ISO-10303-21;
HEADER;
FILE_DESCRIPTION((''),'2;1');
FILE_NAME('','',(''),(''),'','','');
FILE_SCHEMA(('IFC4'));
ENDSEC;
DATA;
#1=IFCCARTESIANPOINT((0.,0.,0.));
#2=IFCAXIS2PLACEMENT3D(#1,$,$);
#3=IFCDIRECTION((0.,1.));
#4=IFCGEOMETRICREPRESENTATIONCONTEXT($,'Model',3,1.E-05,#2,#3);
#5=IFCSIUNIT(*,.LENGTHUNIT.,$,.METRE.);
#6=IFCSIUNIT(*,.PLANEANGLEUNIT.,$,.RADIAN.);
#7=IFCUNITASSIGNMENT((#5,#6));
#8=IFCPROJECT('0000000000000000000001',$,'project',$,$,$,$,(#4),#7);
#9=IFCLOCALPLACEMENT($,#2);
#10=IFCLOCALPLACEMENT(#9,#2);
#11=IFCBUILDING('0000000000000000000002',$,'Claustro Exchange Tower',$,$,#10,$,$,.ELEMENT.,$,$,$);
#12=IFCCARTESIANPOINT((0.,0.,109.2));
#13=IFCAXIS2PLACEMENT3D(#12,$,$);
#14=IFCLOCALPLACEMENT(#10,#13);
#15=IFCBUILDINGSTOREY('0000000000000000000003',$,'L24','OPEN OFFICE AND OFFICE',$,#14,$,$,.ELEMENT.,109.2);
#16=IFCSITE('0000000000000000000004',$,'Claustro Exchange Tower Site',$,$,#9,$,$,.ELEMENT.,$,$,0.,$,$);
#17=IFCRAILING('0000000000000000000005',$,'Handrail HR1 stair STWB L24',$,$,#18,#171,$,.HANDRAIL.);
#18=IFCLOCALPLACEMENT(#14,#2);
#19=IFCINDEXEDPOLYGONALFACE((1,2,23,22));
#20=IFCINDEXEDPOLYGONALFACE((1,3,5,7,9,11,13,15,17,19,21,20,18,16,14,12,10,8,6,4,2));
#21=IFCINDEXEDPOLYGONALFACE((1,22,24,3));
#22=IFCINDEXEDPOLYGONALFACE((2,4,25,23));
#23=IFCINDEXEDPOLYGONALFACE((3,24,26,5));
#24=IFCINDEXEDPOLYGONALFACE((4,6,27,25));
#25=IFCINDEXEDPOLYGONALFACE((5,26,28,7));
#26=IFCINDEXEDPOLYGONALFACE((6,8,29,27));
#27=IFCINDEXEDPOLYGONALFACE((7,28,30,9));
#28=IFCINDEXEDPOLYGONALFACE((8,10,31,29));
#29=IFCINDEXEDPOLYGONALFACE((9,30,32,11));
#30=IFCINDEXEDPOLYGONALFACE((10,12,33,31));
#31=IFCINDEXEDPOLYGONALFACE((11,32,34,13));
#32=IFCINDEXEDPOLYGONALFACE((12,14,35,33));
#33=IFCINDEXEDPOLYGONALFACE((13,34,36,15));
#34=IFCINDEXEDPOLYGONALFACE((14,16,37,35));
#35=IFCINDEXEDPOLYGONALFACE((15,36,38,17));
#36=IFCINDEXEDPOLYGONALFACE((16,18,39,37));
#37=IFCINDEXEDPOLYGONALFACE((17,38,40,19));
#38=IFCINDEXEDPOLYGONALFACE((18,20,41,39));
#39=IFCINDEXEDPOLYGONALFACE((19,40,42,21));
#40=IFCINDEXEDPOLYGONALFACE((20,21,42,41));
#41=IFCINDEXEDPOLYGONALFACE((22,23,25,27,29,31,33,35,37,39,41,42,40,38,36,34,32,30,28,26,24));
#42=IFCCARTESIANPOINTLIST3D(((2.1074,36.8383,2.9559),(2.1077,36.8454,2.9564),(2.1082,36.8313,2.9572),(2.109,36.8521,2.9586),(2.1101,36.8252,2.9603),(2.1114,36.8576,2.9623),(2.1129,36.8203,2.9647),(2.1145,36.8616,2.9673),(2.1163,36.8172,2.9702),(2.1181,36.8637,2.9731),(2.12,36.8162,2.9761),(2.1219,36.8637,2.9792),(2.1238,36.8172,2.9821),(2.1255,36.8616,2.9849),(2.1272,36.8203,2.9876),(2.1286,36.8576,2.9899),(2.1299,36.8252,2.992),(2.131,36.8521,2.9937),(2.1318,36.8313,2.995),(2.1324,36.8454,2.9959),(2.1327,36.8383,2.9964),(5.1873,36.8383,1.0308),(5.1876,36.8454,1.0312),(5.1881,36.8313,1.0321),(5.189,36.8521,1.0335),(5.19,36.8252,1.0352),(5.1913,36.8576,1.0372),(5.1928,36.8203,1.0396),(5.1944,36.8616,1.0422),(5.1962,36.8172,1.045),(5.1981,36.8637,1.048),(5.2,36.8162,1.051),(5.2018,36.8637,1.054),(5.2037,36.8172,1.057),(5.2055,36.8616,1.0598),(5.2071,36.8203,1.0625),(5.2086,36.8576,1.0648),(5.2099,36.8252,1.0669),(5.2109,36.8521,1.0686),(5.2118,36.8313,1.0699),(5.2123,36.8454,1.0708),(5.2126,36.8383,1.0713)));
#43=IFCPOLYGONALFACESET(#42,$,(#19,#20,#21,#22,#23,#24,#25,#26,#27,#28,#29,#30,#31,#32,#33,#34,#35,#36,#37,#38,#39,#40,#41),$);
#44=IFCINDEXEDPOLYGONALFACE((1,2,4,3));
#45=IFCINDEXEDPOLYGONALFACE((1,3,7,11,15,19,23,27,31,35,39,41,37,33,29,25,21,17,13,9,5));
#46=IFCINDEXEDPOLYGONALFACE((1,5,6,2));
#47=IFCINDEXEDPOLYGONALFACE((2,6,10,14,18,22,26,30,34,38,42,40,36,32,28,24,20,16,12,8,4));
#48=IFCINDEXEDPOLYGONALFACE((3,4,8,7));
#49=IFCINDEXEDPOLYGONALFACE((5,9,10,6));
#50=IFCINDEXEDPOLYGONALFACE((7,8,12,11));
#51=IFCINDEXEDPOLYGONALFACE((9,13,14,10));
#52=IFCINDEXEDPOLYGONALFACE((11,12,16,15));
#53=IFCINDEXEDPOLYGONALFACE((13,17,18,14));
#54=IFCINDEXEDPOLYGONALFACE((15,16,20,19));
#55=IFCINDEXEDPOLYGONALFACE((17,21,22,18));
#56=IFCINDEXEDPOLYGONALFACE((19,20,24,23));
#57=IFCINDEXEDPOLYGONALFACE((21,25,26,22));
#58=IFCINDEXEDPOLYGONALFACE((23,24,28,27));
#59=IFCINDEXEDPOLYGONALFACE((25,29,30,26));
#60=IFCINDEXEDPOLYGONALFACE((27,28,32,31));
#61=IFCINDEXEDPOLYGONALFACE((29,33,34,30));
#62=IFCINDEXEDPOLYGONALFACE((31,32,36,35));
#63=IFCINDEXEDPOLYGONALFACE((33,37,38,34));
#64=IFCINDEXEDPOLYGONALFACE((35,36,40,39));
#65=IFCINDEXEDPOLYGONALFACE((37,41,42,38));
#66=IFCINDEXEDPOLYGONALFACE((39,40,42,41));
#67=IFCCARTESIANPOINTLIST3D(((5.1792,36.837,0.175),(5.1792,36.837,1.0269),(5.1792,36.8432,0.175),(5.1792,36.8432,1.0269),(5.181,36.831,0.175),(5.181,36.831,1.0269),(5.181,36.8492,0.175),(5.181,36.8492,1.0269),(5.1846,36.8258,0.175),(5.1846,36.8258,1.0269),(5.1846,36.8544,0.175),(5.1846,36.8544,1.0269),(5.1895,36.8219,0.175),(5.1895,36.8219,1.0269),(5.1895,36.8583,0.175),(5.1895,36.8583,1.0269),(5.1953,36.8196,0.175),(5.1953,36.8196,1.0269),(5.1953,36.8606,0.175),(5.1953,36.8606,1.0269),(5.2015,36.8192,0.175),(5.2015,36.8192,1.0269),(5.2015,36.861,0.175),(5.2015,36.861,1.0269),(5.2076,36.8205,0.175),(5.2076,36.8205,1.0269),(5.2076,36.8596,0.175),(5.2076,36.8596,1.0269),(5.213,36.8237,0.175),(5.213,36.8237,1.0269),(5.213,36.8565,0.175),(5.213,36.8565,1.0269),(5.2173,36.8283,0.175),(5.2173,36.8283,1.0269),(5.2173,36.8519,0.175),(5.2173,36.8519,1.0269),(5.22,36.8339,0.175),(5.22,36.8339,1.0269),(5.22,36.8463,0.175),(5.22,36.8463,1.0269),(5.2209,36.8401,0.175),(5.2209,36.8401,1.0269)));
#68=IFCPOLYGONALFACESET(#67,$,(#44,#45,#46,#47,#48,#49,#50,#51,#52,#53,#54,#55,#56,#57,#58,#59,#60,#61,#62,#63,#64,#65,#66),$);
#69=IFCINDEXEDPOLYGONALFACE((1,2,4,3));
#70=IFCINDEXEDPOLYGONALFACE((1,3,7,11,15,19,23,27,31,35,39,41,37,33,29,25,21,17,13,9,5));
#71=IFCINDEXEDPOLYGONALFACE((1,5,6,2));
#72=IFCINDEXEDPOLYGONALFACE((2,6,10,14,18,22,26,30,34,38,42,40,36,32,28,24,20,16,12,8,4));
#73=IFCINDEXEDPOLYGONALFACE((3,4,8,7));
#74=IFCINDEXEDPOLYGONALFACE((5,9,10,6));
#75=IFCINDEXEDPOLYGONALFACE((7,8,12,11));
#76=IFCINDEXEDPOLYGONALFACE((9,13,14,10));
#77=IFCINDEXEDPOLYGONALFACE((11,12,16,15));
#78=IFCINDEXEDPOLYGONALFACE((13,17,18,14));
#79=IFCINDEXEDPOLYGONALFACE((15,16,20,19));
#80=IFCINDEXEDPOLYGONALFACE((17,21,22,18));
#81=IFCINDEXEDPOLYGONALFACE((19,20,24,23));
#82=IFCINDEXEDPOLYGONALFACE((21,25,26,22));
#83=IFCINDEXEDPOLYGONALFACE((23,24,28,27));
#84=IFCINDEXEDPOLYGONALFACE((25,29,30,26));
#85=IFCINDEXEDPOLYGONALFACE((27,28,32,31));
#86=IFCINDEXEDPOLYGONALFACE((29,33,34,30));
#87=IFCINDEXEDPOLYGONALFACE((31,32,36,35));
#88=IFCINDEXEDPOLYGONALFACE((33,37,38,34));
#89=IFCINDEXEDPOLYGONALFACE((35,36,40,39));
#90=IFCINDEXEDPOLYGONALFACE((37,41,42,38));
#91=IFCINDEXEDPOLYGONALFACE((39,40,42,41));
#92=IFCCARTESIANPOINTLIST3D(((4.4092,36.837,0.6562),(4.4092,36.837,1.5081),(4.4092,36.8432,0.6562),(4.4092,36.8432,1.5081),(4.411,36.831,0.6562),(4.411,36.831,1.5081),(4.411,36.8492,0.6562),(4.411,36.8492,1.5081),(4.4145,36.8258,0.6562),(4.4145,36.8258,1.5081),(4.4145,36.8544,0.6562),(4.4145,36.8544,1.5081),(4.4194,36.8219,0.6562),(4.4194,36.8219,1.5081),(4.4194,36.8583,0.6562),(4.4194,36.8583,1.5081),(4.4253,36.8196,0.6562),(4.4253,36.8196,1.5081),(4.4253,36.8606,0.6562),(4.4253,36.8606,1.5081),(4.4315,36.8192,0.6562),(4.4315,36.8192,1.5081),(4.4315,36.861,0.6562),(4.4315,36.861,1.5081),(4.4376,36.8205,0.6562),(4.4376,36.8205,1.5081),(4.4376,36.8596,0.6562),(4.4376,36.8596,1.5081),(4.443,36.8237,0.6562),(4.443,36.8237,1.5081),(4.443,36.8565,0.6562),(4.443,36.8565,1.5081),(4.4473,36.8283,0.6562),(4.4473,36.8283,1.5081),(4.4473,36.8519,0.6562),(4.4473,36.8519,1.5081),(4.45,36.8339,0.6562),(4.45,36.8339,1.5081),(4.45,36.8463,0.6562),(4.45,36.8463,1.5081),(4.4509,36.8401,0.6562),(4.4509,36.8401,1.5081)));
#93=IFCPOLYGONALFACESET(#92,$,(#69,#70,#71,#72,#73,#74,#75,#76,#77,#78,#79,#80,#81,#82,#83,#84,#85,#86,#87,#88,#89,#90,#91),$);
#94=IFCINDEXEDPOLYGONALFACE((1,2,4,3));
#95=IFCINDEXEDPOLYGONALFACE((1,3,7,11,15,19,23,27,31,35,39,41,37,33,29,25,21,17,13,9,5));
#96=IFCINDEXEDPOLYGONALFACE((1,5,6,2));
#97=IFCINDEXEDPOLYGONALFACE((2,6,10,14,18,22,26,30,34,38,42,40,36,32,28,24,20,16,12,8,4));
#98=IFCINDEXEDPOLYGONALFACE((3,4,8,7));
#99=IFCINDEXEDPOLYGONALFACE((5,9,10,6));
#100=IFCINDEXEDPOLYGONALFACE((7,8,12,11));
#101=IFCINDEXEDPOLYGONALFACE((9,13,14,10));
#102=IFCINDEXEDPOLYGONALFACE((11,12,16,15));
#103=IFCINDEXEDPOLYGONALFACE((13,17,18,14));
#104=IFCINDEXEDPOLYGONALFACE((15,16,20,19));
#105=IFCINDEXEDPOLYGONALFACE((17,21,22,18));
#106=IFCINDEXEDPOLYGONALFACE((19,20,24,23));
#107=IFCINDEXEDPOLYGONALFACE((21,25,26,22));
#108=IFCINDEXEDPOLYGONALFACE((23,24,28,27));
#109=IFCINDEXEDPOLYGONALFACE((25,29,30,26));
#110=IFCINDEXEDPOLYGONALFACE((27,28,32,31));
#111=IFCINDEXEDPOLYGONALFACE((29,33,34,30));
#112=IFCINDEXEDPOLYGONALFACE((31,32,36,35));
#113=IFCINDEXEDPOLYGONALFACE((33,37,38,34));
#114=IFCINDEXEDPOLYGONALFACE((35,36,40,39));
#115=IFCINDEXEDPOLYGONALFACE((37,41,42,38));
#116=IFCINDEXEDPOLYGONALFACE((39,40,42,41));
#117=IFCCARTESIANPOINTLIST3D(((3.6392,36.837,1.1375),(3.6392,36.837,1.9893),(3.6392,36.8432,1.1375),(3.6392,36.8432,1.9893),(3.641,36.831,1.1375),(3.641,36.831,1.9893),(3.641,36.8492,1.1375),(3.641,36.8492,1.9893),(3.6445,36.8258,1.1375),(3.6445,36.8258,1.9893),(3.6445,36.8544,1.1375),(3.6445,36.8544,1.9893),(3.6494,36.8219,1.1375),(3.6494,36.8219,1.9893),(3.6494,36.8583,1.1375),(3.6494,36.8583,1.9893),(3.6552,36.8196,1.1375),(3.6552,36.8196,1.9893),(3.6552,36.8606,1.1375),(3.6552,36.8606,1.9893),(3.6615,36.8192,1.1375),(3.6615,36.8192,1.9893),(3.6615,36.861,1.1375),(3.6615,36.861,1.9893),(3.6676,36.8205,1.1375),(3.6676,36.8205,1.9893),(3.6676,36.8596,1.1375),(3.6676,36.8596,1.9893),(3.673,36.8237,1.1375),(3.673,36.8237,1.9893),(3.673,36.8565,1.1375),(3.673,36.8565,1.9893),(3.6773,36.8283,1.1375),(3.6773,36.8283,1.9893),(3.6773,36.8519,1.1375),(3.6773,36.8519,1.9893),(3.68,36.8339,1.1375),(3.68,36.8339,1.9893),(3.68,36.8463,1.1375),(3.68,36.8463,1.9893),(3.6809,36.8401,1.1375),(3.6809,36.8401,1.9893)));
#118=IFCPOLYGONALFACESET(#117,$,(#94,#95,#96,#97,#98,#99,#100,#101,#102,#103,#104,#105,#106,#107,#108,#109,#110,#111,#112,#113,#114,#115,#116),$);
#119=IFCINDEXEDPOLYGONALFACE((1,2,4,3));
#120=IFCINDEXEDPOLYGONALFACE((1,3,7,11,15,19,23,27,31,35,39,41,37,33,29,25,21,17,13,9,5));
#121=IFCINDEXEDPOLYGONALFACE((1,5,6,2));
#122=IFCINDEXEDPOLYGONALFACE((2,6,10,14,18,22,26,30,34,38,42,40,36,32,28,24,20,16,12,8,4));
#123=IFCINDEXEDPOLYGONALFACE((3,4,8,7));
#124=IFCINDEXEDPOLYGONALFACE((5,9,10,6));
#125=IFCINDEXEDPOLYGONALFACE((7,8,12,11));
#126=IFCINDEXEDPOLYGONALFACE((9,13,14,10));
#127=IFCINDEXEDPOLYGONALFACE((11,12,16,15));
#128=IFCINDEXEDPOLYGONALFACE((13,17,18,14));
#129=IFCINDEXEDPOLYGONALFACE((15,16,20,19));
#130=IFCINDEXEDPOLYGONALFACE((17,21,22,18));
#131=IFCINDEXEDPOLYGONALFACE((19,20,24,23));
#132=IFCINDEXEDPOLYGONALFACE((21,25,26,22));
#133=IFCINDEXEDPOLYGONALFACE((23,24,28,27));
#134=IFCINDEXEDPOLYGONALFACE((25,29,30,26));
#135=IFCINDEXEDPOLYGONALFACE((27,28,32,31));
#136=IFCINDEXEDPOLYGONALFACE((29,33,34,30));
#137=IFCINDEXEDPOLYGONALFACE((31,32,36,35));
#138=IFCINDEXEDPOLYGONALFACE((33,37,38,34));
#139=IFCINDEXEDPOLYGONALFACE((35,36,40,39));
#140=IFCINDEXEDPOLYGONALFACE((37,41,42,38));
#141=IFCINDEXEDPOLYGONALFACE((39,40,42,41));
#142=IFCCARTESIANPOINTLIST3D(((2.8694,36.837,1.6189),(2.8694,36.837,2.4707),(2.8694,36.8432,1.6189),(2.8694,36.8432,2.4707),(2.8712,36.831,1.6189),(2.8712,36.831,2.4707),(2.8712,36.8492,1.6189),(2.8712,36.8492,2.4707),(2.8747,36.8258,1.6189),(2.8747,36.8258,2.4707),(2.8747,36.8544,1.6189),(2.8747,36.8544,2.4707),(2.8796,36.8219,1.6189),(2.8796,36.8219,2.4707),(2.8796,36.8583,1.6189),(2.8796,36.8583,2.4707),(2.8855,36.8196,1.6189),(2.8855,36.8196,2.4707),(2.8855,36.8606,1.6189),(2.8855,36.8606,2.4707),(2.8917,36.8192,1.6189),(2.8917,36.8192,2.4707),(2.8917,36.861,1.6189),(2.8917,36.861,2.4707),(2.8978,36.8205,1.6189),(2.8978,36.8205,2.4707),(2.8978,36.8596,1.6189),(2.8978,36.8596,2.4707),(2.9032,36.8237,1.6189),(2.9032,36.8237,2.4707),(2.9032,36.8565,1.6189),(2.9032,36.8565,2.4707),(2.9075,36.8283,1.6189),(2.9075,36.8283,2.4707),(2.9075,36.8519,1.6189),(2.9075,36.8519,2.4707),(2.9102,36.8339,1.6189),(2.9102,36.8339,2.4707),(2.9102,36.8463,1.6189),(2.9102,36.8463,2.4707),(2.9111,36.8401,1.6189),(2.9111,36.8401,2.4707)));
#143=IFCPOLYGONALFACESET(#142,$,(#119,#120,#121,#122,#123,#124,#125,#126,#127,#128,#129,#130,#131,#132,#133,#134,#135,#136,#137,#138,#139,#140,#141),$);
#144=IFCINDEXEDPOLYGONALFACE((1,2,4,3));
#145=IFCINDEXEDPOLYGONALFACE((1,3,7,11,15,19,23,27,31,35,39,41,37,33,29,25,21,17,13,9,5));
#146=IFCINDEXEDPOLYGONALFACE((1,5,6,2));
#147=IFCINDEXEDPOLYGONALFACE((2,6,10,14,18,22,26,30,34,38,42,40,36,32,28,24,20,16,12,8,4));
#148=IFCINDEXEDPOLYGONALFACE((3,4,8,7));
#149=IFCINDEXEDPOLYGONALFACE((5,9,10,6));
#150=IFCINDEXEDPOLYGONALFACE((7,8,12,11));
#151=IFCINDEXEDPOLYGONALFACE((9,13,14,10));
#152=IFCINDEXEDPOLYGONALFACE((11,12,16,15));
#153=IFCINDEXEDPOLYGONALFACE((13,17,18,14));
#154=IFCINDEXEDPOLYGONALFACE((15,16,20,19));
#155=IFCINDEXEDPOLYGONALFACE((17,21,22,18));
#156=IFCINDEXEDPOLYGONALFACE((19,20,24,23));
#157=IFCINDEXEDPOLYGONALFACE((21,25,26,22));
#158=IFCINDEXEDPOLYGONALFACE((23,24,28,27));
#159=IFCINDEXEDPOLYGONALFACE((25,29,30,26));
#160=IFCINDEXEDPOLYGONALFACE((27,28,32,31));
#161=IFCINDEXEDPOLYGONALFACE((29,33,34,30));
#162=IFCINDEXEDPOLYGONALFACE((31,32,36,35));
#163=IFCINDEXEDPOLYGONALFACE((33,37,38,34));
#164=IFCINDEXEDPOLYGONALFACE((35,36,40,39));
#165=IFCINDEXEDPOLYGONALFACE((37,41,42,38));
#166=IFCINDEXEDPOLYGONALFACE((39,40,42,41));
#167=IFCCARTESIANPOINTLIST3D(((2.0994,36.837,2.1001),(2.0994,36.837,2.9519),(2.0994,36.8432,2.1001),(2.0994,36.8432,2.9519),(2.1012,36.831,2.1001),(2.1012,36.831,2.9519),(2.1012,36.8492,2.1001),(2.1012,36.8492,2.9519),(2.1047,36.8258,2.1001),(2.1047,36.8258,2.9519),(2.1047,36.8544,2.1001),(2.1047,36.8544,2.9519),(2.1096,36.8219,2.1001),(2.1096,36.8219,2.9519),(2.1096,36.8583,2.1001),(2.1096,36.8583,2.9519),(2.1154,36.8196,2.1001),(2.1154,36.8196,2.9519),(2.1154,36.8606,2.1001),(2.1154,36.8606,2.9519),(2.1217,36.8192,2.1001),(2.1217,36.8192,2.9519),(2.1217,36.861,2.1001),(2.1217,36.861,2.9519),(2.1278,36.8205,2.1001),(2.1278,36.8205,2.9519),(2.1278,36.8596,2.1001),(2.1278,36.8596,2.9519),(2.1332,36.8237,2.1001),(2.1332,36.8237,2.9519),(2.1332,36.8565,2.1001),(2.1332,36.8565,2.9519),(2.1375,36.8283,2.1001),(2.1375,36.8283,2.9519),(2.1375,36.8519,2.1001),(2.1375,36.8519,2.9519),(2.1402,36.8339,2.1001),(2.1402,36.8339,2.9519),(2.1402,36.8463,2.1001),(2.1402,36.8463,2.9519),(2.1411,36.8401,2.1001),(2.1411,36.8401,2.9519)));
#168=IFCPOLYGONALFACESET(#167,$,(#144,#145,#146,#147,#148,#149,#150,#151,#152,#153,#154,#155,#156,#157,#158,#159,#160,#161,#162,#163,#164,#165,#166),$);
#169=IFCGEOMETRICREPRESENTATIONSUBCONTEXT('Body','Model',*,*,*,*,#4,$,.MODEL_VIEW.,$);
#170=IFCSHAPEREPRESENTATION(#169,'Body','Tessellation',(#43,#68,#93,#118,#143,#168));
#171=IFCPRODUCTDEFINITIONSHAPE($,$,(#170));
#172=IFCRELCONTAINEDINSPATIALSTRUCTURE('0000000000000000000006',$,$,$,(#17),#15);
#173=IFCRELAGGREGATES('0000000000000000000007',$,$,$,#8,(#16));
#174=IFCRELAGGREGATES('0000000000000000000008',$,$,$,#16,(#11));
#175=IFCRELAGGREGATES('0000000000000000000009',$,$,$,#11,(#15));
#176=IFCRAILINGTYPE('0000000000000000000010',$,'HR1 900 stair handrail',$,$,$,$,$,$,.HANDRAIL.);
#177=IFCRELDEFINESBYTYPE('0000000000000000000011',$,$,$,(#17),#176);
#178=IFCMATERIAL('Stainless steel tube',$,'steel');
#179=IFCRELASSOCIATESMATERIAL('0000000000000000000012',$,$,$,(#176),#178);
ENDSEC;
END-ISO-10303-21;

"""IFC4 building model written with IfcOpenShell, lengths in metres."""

from ifc_helpers import new_model, si_unit, direction, frame, origin, origin_2d, place, context, subcontext, project, spatial, circle, extrude, material, type_object, element, save


model = new_model("IFC4")

# Units and contexts
model_context = context("Model", 3, precision=1e-05, world=origin(), true_north=direction((0.0, 1.0)))
body_context = subcontext(model_context, "Body", "Model", "MODEL_VIEW")
ifc_project = project(units=[si_unit("LENGTHUNIT", "METRE"), si_unit("PLANEANGLEUNIT", "RADIAN")], contexts=[model_context])

# Site, building, storey
site_placement = place(None, origin())
site = spatial("IfcSite", under=ifc_project, at=site_placement, Name="Claustro Exchange Tower Site", CompositionType="ELEMENT", RefElevation=0.0)
building_placement = place(site_placement, origin())
building = spatial("IfcBuilding", under=site, at=building_placement, Name="Claustro Exchange Tower", CompositionType="ELEMENT")
storey_placement = place(building_placement, frame((0.0, 0.0, 109.2)))
storey = spatial("IfcBuildingStorey", under=building, at=storey_placement, Name="L24", Description="OPEN OFFICE AND OFFICE", CompositionType="ELEMENT", Elevation=109.2)

# Railing
ifc_material_1 = material(Name="Stainless steel tube", Category="steel")
railing_type_1 = type_object("IfcRailingType", Name="HR1 900 stair handrail", PredefinedType="HANDRAIL", material=ifc_material_1)
railing_1_placement = place(storey_placement, frame((5.2, 36.8401, 0.175)))
element("IfcRailing", 1, at=railing_1_placement, inside=storey, type_object=railing_type_1, Name="Handrail HR1 stair STWB L24", PredefinedType="HANDRAIL", context=body_context, shape_type="SweptSolid", body=[
    extrude(circle(Radius=0.0239, at=origin_2d()), frame((0.0, 0.0, 0.876), z_axis=(-0.847979, 0.0, 0.530029), x_axis=(0.0, -1.0, 0.0)), (0.0, 0.0, 1.0), 3.6321),
    extrude(circle(Radius=0.021, at=origin_2d()), origin(), (0.0, 0.0, 1.0), 0.8518),
    extrude(circle(Radius=0.021, at=origin_2d()), frame((-0.77, 0.0, 0.4812)), (0.0, 0.0, 1.0), 0.8518),
    extrude(circle(Radius=0.021, at=origin_2d()), frame((-1.54, 0.0, 0.9624)), (0.0, 0.0, 1.0), 0.8518),
    extrude(circle(Radius=0.021, at=origin_2d()), frame((-2.3098, 0.0, 1.4438)), (0.0, 0.0, 1.0), 0.8518),
    extrude(circle(Radius=0.021, at=origin_2d()), frame((-3.0798, 0.0, 1.925)), (0.0, 0.0, 1.0), 0.8518),
])

save(model, "model.ifc")
